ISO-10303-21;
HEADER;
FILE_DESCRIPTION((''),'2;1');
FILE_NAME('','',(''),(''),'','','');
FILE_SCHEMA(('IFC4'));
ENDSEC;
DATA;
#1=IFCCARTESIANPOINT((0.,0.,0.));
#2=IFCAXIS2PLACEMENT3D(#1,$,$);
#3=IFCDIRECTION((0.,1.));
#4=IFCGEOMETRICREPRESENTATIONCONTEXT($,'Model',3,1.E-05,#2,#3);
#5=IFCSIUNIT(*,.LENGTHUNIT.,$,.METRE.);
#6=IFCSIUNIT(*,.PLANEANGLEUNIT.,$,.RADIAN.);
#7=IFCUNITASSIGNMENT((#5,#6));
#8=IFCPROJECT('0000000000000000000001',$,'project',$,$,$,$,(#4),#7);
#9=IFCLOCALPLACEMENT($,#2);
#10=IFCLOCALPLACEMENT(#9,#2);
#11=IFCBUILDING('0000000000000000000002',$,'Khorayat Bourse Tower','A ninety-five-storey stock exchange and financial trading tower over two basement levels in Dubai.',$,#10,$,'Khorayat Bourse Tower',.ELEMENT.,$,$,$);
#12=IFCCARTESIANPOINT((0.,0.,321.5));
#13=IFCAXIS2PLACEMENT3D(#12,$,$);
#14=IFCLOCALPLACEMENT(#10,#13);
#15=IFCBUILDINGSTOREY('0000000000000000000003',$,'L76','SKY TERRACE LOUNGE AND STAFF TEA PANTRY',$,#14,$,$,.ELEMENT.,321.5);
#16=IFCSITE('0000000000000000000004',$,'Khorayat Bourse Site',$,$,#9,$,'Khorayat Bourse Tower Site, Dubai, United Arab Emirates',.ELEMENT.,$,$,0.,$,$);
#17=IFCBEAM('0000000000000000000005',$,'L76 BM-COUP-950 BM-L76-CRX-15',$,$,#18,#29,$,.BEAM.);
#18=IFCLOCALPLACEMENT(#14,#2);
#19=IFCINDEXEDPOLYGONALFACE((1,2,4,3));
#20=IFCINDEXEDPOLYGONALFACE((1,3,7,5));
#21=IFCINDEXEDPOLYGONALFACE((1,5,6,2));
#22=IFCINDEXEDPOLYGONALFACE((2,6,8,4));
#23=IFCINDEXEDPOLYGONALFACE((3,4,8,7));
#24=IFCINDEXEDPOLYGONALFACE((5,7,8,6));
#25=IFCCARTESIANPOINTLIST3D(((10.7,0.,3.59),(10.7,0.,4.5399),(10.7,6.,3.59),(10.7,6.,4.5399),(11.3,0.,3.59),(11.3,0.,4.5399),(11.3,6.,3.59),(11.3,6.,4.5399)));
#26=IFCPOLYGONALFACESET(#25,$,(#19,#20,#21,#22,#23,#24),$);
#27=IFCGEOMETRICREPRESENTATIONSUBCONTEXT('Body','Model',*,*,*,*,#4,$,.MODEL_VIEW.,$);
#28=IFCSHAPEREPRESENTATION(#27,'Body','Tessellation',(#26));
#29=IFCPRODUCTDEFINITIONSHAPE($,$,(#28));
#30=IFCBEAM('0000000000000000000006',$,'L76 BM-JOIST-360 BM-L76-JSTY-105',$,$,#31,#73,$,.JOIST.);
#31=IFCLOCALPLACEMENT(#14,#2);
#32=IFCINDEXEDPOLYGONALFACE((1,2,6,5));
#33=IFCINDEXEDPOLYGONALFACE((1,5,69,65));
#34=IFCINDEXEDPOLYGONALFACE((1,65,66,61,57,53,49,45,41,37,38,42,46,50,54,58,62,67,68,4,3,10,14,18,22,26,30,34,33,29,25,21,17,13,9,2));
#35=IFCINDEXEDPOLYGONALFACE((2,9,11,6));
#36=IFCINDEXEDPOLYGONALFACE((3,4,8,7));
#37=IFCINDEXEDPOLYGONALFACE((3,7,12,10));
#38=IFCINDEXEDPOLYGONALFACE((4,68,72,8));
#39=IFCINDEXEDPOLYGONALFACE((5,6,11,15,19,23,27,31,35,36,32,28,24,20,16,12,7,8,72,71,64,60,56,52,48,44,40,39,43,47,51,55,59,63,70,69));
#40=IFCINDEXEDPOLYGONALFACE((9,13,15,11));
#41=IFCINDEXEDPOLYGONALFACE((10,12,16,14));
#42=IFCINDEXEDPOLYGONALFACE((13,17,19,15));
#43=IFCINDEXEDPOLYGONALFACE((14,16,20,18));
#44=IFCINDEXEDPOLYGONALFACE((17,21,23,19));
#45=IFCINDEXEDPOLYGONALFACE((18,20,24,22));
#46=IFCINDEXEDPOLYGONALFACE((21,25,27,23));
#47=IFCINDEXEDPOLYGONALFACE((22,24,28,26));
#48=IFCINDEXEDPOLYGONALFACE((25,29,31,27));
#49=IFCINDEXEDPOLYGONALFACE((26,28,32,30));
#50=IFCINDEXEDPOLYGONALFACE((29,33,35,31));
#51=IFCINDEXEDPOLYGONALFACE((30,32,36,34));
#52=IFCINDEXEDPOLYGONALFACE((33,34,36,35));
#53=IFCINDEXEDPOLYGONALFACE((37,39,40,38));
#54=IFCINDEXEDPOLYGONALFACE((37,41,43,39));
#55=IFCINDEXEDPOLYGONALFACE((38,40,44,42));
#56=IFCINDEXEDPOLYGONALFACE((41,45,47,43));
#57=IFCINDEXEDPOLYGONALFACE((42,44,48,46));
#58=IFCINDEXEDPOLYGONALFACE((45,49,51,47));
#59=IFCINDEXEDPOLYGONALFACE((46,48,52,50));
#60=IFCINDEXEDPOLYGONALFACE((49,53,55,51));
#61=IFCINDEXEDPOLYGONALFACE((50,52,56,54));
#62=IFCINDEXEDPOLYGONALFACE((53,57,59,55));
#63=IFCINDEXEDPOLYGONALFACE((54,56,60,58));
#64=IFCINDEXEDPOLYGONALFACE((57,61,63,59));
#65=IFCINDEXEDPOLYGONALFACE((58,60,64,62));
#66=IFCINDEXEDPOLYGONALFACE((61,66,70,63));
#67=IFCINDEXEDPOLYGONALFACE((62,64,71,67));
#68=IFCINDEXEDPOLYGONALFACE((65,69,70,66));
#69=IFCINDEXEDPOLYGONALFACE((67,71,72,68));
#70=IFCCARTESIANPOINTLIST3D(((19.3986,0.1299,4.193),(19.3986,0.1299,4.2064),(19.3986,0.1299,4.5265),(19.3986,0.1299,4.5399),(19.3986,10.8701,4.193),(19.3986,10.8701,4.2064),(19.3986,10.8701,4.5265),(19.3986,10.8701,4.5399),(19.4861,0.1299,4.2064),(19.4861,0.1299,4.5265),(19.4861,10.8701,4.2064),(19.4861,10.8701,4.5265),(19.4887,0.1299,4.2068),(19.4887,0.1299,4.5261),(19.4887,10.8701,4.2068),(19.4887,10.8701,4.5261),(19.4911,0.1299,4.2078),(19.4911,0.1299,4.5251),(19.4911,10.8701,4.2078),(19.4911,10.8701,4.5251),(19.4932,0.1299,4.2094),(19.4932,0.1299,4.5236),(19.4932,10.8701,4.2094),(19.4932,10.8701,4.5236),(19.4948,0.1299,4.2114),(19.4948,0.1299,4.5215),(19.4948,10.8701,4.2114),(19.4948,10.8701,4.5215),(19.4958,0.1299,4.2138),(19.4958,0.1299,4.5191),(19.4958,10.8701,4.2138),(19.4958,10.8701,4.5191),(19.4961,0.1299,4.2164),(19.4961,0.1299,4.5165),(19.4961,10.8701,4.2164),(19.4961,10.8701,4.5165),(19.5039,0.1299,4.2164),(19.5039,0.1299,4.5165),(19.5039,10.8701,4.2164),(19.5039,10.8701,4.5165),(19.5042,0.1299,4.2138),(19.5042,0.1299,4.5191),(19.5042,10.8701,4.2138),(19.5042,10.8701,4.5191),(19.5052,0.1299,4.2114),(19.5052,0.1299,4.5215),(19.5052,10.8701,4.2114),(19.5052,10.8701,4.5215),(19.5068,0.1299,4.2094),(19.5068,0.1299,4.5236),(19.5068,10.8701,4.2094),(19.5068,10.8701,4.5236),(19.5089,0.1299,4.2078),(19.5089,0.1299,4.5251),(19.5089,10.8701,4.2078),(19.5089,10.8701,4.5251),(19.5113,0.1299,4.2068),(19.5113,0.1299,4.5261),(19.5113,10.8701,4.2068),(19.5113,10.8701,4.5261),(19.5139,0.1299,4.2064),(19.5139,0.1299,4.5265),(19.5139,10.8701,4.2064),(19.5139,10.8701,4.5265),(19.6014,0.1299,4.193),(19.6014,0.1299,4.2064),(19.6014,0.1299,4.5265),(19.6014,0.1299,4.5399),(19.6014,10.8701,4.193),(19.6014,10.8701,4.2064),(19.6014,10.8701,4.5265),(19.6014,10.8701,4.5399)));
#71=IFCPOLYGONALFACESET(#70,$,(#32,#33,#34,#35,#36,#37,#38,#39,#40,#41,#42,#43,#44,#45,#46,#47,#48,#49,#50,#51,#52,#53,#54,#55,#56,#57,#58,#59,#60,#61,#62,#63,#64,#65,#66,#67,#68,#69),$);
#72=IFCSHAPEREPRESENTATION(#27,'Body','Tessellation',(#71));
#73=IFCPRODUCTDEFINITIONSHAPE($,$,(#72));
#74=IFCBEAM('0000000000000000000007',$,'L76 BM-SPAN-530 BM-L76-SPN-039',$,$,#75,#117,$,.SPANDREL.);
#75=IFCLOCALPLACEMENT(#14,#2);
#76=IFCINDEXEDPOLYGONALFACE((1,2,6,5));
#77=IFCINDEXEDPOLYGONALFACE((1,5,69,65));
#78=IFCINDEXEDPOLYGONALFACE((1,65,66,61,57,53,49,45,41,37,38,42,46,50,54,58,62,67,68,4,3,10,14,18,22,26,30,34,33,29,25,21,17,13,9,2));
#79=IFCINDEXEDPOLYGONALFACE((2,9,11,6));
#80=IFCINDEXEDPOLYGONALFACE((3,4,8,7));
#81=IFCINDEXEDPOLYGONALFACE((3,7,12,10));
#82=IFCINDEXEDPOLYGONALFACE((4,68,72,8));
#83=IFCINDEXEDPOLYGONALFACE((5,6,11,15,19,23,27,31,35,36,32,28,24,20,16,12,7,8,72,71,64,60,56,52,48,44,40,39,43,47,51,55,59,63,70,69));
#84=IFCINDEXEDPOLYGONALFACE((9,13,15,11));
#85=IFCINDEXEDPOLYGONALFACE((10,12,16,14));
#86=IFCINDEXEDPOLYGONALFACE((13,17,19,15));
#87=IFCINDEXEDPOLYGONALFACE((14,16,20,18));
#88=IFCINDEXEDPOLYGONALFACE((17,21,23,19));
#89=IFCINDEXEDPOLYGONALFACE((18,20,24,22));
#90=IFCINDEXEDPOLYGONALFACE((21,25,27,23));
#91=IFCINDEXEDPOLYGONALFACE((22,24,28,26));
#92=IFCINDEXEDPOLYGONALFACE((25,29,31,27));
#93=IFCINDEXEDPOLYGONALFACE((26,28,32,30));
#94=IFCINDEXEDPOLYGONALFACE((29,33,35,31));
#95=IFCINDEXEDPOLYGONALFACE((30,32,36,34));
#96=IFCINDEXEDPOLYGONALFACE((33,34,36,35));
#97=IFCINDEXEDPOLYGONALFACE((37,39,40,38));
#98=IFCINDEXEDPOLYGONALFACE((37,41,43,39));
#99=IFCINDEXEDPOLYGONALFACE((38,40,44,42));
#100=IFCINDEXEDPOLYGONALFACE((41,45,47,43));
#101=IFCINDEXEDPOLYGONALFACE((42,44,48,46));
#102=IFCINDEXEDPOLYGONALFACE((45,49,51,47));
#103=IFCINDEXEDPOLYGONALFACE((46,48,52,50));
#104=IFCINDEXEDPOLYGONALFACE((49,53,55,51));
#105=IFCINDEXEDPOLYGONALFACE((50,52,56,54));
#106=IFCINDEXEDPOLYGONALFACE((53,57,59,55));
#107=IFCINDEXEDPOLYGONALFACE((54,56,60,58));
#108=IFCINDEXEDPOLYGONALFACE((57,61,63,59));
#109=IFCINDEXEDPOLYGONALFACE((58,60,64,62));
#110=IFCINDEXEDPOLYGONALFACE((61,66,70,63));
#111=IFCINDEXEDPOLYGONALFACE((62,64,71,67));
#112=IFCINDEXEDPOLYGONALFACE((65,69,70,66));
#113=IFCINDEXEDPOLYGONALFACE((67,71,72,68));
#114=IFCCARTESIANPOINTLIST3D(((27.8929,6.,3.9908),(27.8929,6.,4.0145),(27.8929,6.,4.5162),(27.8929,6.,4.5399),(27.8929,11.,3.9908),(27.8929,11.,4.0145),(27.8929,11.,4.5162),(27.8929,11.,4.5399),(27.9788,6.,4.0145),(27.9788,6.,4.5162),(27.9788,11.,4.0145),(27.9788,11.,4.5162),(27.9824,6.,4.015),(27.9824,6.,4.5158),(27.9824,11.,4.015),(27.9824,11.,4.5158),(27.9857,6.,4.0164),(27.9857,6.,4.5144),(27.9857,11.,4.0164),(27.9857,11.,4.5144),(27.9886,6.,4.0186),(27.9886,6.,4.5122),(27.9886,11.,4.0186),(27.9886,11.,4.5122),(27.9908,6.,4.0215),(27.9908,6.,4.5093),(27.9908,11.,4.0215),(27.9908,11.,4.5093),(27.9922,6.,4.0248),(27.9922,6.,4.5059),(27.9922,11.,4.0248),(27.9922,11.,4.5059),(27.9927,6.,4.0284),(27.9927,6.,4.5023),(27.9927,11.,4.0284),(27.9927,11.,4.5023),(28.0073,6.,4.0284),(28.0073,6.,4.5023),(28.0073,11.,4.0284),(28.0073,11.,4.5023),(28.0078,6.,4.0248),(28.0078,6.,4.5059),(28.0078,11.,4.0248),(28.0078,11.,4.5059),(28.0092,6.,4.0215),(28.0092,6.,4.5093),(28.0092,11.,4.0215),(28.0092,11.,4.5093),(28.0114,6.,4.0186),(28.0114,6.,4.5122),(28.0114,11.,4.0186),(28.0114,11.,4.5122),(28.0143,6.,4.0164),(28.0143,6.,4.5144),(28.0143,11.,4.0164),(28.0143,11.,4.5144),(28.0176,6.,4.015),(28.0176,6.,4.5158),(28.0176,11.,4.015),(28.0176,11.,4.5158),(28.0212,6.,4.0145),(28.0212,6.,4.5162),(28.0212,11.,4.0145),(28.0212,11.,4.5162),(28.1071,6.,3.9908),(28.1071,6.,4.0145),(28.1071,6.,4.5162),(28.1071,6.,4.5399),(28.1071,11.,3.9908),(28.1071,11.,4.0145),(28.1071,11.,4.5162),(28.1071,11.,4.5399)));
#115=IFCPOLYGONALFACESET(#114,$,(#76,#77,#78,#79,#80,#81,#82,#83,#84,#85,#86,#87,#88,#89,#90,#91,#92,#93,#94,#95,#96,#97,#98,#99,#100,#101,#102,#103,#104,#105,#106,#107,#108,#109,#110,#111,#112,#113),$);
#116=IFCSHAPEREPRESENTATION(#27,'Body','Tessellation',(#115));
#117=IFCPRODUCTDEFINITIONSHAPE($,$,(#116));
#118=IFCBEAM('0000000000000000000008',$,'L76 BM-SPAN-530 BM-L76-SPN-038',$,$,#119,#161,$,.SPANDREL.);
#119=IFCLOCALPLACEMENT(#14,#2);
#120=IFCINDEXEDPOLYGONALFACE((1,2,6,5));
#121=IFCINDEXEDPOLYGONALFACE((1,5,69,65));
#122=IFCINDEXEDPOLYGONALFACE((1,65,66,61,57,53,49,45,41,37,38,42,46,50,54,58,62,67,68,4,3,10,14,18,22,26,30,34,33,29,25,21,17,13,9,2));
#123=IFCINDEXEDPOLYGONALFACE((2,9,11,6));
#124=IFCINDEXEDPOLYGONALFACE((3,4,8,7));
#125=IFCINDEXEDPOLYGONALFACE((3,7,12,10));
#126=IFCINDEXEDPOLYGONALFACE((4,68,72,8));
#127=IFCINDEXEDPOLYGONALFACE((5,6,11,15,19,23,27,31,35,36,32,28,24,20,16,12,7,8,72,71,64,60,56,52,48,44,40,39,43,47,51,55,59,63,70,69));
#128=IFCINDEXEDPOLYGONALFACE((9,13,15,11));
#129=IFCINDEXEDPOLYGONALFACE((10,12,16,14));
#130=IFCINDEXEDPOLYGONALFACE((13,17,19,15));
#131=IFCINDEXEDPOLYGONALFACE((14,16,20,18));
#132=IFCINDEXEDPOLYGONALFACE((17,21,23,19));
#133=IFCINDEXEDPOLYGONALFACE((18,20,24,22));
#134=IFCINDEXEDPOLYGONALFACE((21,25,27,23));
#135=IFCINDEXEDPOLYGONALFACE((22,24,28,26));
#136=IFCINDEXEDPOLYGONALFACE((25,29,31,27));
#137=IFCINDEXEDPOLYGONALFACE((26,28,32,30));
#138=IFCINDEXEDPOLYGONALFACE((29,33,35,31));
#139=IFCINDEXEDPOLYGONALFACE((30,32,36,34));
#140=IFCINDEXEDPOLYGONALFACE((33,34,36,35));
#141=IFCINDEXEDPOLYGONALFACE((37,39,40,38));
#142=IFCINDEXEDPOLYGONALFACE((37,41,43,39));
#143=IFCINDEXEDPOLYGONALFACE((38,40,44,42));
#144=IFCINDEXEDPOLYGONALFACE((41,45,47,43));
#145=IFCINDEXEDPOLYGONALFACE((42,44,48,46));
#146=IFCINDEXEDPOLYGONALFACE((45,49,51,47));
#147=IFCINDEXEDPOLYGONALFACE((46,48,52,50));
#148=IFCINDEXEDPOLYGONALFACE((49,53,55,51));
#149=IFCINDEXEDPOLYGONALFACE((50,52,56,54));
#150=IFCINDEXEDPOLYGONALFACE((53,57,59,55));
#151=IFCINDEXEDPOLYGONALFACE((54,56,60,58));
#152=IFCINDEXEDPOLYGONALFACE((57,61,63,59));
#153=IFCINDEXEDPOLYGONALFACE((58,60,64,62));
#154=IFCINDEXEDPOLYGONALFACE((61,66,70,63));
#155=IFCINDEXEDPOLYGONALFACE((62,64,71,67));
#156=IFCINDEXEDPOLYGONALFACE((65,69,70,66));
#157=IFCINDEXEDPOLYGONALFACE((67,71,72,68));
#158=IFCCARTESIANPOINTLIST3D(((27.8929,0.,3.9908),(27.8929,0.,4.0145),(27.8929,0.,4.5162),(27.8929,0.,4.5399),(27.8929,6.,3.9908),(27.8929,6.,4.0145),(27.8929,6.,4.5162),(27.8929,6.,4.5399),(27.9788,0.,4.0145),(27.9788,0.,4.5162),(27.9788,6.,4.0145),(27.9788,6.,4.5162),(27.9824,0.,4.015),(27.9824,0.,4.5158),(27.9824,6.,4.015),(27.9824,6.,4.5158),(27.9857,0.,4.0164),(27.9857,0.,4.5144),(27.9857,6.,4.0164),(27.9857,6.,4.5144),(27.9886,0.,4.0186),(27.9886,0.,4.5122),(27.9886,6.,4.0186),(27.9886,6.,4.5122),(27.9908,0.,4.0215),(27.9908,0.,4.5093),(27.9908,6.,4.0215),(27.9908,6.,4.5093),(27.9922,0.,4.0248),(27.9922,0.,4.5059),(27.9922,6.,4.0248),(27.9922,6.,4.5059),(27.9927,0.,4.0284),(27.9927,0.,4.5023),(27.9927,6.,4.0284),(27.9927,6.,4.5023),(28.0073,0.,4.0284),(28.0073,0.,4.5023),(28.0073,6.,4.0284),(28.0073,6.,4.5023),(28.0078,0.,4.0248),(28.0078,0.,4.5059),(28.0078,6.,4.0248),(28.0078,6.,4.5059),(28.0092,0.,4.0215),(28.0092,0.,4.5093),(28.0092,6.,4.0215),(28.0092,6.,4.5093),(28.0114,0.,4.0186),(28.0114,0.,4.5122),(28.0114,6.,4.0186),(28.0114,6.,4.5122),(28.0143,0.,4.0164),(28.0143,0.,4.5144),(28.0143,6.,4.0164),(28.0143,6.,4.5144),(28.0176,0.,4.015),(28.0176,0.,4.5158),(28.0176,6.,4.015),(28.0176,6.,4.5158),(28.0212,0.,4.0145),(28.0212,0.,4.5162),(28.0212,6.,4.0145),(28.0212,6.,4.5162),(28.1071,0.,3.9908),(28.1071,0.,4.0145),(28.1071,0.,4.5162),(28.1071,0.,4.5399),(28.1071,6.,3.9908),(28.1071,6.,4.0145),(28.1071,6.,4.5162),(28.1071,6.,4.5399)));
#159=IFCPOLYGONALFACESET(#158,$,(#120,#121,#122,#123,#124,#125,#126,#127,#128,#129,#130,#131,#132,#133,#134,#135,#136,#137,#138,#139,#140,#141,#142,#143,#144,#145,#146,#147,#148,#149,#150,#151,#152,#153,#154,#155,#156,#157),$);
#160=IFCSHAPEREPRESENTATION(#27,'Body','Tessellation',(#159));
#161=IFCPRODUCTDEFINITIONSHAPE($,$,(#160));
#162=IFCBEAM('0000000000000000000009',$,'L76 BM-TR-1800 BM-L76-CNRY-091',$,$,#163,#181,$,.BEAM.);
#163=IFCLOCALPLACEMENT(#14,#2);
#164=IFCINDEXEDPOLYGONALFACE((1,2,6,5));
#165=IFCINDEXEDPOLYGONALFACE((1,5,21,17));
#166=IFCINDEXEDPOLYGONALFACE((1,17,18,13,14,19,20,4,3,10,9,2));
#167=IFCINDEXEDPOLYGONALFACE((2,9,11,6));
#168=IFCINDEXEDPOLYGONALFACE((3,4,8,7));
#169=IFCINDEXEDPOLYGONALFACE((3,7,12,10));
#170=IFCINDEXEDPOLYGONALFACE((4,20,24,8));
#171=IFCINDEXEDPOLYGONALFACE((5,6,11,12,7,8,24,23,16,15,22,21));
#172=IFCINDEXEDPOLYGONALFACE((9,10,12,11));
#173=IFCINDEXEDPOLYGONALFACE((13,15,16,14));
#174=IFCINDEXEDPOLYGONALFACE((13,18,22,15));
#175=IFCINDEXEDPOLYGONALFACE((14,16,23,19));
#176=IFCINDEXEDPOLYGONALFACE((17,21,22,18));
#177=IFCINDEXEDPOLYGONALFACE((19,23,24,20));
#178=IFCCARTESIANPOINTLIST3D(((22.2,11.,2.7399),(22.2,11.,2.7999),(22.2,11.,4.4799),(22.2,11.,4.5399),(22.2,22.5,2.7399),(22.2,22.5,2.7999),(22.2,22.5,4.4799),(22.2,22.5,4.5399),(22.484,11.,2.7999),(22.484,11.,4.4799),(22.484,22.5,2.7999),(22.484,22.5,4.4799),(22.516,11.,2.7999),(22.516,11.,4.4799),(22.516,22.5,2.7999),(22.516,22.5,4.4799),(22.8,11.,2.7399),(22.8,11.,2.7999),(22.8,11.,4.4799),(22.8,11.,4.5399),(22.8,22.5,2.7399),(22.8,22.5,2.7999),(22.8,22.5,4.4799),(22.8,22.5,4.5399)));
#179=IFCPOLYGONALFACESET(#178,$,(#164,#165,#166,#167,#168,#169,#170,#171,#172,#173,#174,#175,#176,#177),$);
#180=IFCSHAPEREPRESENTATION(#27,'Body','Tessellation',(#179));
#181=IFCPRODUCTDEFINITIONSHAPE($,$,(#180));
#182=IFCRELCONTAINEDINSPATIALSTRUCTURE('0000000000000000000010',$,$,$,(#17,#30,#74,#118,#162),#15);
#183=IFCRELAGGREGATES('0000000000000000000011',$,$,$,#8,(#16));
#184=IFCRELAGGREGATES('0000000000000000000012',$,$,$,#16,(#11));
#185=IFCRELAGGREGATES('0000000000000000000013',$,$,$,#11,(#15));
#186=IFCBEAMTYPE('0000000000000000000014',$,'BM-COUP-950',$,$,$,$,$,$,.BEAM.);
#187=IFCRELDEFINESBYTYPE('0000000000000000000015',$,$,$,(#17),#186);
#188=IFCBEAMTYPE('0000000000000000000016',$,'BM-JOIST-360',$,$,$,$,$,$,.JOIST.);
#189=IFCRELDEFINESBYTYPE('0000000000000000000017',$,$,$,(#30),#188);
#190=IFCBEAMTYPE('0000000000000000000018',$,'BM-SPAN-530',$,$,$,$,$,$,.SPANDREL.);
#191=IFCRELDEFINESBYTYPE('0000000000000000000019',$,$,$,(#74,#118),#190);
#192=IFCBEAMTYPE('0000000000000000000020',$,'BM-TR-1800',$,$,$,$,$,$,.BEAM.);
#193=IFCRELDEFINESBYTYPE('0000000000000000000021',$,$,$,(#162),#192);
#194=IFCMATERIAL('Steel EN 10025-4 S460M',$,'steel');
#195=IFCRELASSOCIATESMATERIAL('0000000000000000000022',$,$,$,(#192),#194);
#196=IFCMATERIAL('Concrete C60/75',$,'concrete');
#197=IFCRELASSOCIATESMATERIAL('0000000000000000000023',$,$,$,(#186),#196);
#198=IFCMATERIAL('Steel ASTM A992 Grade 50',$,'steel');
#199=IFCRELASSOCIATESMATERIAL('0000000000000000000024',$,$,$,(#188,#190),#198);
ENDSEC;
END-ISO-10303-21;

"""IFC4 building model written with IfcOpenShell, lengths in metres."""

from ifc_helpers import new_model, si_unit, direction, frame, origin, origin_2d, place, context, subcontext, project, spatial, rectangle, i_section, extrude, source, transform, mapped, material, material_profile, profile_set, type_object, element, save


model = new_model("IFC4")

# Units and contexts
model_context = context("Model", 3, precision=1e-05, world=origin(), true_north=direction((0.0, 1.0)))
body_context = subcontext(model_context, "Body", "Model", "MODEL_VIEW")
ifc_project = project(units=[si_unit("LENGTHUNIT", "METRE"), si_unit("PLANEANGLEUNIT", "RADIAN")], contexts=[model_context])

# Site, building, storey
site_placement = place(None, origin())
site = spatial("IfcSite", under=ifc_project, at=site_placement, Name="Khorayat Bourse Site", LongName="Khorayat Bourse Tower Site, Dubai, United Arab Emirates", CompositionType="ELEMENT", RefElevation=0.0)
building_placement = place(site_placement, origin())
building = spatial("IfcBuilding", under=site, at=building_placement, Name="Khorayat Bourse Tower", Description="A ninety-five-storey stock exchange and financial trading tower over two basement levels in Dubai.", LongName="Khorayat Bourse Tower", CompositionType="ELEMENT")
storey_placement = place(building_placement, frame((0.0, 0.0, 321.5)))
storey = spatial("IfcBuildingStorey", under=building, at=storey_placement, Name="L76", Description="SKY TERRACE LOUNGE AND STAFF TEA PANTRY", CompositionType="ELEMENT", Elevation=321.5)

# Shared definitions
ifc_material_1 = material(Name="Steel EN 10025-4 S460M", Category="steel")

# Beams
ifc_material_profile_1 = material_profile(ifc_material_1, i_section(OverallWidth=0.6001, OverallDepth=1.8, WebThickness=0.032, FlangeThickness=0.0601, at=origin_2d()), Name="PG 1800x600x32x60")
ifc_profile_set_1 = profile_set([ifc_material_profile_1], Name="Steel EN 10025-4 S460M")
beam_type_1 = type_object("IfcBeamType", Name="BM-TR-1800", PredefinedType="BEAM", material=ifc_profile_set_1)
ifc_material_2 = material(Name="Concrete C60/75", Category="concrete")
ifc_material_profile_2 = material_profile(ifc_material_2, rectangle(XDim=0.6001, YDim=0.95, at=origin_2d()), Name="RC 600x950")
ifc_profile_set_2 = profile_set([ifc_material_profile_2], Name="Concrete C60/75")
beam_type_2 = type_object("IfcBeamType", Name="BM-COUP-950", PredefinedType="BEAM", material=ifc_profile_set_2)
shared_shape_1 = source(origin(), body_context, "Body", "SweptSolid", [
    extrude(rectangle(XDim=0.6001, YDim=0.95, at=origin_2d()), origin(), (0.0, 0.0, 1.0), 6.0),
])
beam_1_placement = place(storey_placement, frame((11.0, 0.0, 4.0649), z_axis=(0.0, 1.0, 0.0), x_axis=(-1.0, 0.0, 0.0)))
element("IfcBeam", 1, at=beam_1_placement, inside=storey, type_object=beam_type_2, Name="L76 BM-COUP-950 BM-L76-CRX-15", PredefinedType="BEAM", context=body_context, shape_type="MappedRepresentation", body=[
    mapped(shared_shape_1, transform((0.0, 0.0, 0.0), scale=1.0)),
])
ifc_material_3 = material(Name="Steel ASTM A992 Grade 50", Category="steel")
ifc_material_profile_3 = material_profile(ifc_material_3, i_section(OverallWidth=0.2029, OverallDepth=0.3469, WebThickness=0.0078, FlangeThickness=0.0134, FilletRadius=0.01, at=origin_2d()), Name="W360X64")
ifc_profile_set_3 = profile_set([ifc_material_profile_3], Name="Steel ASTM A992 Grade 50")
beam_type_3 = type_object("IfcBeamType", Name="BM-JOIST-360", PredefinedType="JOIST", material=ifc_profile_set_3)
shared_shape_2 = source(origin(), body_context, "Body", "SweptSolid", [
    extrude(i_section(OverallWidth=0.2029, OverallDepth=0.3469, WebThickness=0.0078, FlangeThickness=0.0134, FilletRadius=0.01, at=origin_2d()), origin(), (0.0, 0.0, 1.0), 10.7402),
])
beam_2_placement = place(storey_placement, frame((19.5, 0.1299, 4.3665), z_axis=(0.0, 1.0, 0.0), x_axis=(-1.0, 0.0, 0.0)))
element("IfcBeam", 2, at=beam_2_placement, inside=storey, type_object=beam_type_3, Name="L76 BM-JOIST-360 BM-L76-JSTY-105", PredefinedType="JOIST", context=body_context, shape_type="MappedRepresentation", body=[
    mapped(shared_shape_2, transform((0.0, 0.0, 0.0), scale=1.0)),
])
ifc_material_profile_4 = material_profile(ifc_material_3, i_section(OverallWidth=0.2141, OverallDepth=0.5491, WebThickness=0.0146, FlangeThickness=0.0237, FilletRadius=0.0139, at=origin_2d()), Name="W530X138")
ifc_profile_set_4 = profile_set([ifc_material_profile_4], Name="Steel ASTM A992 Grade 50")
beam_type_4 = type_object("IfcBeamType", Name="BM-SPAN-530", PredefinedType="SPANDREL", material=ifc_profile_set_4)
shared_shape_3 = source(origin(), body_context, "Body", "SweptSolid", [
    extrude(i_section(OverallWidth=0.2141, OverallDepth=0.5491, WebThickness=0.0146, FlangeThickness=0.0237, FilletRadius=0.0139, at=origin_2d()), origin(), (0.0, 0.0, 1.0), 5.0),
])
beam_3_placement = place(storey_placement, frame((28.0, 6.0, 4.2654), z_axis=(0.0, 1.0, 0.0), x_axis=(-1.0, 0.0, 0.0)))
element("IfcBeam", 3, at=beam_3_placement, inside=storey, type_object=beam_type_4, Name="L76 BM-SPAN-530 BM-L76-SPN-039", PredefinedType="SPANDREL", context=body_context, shape_type="MappedRepresentation", body=[
    mapped(shared_shape_3, transform((0.0, 0.0, 0.0), scale=1.0)),
])
shared_shape_4 = source(origin(), body_context, "Body", "SweptSolid", [
    extrude(i_section(OverallWidth=0.2141, OverallDepth=0.5491, WebThickness=0.0146, FlangeThickness=0.0237, FilletRadius=0.0139, at=origin_2d()), origin(), (0.0, 0.0, 1.0), 6.0),
])
beam_4_placement = place(storey_placement, frame((28.0, 0.0, 4.2654), z_axis=(0.0, 1.0, 0.0), x_axis=(-1.0, 0.0, 0.0)))
element("IfcBeam", 4, at=beam_4_placement, inside=storey, type_object=beam_type_4, Name="L76 BM-SPAN-530 BM-L76-SPN-038", PredefinedType="SPANDREL", context=body_context, shape_type="MappedRepresentation", body=[
    mapped(shared_shape_4, transform((0.0, 0.0, 0.0), scale=1.0)),
])
shared_shape_5 = source(origin(), body_context, "Body", "SweptSolid", [
    extrude(i_section(OverallWidth=0.6001, OverallDepth=1.8, WebThickness=0.032, FlangeThickness=0.0601, at=origin_2d()), origin(), (0.0, 0.0, 1.0), 11.5),
])
beam_5_placement = place(storey_placement, frame((22.5, 11.0, 3.6399), z_axis=(0.0, 1.0, 0.0), x_axis=(-1.0, 0.0, 0.0)))
element("IfcBeam", 5, at=beam_5_placement, inside=storey, type_object=beam_type_1, Name="L76 BM-TR-1800 BM-L76-CNRY-091", PredefinedType="BEAM", context=body_context, shape_type="MappedRepresentation", body=[
    mapped(shared_shape_5, transform((0.0, 0.0, 0.0), scale=1.0)),
])

save(model, "model.ifc")
